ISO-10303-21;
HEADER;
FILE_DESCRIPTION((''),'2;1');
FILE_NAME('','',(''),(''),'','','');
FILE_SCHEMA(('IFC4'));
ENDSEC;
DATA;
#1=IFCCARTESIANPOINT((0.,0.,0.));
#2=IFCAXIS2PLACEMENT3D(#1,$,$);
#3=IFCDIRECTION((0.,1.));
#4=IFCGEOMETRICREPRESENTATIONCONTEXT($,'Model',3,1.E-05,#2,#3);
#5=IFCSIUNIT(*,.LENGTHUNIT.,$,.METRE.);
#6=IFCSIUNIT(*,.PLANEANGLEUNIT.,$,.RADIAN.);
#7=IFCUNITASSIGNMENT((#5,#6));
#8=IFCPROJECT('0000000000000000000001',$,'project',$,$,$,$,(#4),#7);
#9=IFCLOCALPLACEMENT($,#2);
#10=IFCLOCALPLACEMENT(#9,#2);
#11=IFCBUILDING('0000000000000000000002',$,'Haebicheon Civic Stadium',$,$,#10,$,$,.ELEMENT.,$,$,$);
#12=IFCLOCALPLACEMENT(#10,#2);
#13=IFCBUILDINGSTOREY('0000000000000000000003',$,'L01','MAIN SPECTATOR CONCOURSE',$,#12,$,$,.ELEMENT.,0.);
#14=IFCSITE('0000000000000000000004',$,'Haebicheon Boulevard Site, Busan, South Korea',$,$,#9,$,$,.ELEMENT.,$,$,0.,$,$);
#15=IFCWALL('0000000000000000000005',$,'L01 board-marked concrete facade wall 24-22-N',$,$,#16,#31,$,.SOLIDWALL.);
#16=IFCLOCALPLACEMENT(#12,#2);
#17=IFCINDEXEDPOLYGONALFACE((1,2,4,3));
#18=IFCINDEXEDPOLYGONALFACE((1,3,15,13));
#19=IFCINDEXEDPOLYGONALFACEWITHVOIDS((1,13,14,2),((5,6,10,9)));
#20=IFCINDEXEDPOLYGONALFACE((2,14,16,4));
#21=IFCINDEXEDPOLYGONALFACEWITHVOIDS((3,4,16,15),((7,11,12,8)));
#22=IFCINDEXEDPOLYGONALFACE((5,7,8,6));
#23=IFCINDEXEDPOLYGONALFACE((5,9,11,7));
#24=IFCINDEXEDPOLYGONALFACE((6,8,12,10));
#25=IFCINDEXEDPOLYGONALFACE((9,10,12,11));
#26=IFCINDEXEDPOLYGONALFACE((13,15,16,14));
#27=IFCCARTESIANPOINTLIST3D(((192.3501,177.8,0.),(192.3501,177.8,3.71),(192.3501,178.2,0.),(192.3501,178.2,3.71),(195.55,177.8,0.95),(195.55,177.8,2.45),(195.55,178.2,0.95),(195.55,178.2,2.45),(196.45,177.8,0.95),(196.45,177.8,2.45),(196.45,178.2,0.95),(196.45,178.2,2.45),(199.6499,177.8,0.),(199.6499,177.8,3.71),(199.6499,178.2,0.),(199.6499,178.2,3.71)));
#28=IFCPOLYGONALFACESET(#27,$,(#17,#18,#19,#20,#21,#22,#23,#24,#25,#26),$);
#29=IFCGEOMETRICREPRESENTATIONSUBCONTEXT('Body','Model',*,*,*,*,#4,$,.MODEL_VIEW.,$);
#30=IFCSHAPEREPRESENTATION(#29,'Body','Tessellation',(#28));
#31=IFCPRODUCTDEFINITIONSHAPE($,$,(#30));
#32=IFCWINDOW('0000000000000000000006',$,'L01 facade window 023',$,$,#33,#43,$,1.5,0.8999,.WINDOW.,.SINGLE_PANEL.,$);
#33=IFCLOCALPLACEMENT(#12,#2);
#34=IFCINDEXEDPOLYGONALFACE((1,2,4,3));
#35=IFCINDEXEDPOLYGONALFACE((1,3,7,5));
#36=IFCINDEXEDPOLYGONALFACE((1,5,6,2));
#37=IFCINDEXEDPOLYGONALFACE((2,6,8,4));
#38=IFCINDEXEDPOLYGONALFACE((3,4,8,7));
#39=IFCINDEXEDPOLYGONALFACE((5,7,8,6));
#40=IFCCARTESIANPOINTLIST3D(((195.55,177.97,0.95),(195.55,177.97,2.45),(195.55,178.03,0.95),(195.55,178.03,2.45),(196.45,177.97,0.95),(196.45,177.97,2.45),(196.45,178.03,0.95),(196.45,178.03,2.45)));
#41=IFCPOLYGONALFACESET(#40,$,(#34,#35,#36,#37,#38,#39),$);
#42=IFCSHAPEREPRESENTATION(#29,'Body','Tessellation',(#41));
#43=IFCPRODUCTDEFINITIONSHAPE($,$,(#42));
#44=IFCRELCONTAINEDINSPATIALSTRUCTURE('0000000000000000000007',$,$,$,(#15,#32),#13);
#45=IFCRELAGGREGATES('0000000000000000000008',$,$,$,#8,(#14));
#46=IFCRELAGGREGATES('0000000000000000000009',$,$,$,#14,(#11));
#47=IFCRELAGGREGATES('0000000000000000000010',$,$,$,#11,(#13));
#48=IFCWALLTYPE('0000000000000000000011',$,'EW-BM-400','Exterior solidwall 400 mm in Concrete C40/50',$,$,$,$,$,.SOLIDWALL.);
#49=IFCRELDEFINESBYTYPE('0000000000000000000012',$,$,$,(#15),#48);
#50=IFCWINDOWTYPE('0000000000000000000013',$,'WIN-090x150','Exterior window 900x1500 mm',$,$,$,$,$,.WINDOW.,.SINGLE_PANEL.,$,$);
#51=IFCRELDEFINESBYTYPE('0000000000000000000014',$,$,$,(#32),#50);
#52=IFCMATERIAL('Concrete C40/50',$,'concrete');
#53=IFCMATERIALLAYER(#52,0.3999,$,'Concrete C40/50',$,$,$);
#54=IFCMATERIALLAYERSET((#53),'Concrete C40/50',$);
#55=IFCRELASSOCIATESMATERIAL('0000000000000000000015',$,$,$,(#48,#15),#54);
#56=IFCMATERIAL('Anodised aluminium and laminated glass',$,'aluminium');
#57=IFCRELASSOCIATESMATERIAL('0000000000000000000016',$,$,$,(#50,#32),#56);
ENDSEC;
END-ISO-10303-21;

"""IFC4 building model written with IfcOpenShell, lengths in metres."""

from ifc_helpers import new_model, si_unit, direction, frame, frame_2d, origin, place, context, subcontext, project, spatial, rectangle, extrude, material, layer, layer_set, type_object, element, fill, save


model = new_model("IFC4")

# Units and contexts
model_context = context("Model", 3, precision=1e-05, world=origin(), true_north=direction((0.0, 1.0)))
body_context = subcontext(model_context, "Body", "Model", "MODEL_VIEW")
ifc_project = project(units=[si_unit("LENGTHUNIT", "METRE"), si_unit("PLANEANGLEUNIT", "RADIAN")], contexts=[model_context])

# Site, building, storey
site_placement = place(None, origin())
site = spatial("IfcSite", under=ifc_project, at=site_placement, Name="Haebicheon Boulevard Site, Busan, South Korea", CompositionType="ELEMENT", RefElevation=0.0)
building_placement = place(site_placement, origin())
building = spatial("IfcBuilding", under=site, at=building_placement, Name="Haebicheon Civic Stadium", CompositionType="ELEMENT")
storey_placement = place(building_placement, origin())
storey = spatial("IfcBuildingStorey", under=building, at=storey_placement, Name="L01", Description="MAIN SPECTATOR CONCOURSE", CompositionType="ELEMENT", Elevation=0.0)

# Shared definitions
ifc_material_1 = material(Name="Concrete C40/50", Category="concrete")
ifc_layer_1 = layer(ifc_material_1, 0.3999, Name="Concrete C40/50")
ifc_layer_set_1 = layer_set([ifc_layer_1], Name="Concrete C40/50")
wall_type = type_object("IfcWallType", Name="EW-BM-400", Description="Exterior solidwall 400 mm in Concrete C40/50", PredefinedType="SOLIDWALL", material=ifc_layer_set_1)

# Wall, opening, window
wall_1_placement = place(storey_placement, frame((192.3501, 178.0, 0.0), z_axis=(0.0, 0.0, 1.0), x_axis=(1.0, 0.0, 0.0)))
wall_1 = element("IfcWall", 1, at=wall_1_placement, inside=storey, type_object=wall_type, material=ifc_layer_set_1, Name="L01 board-marked concrete facade wall 24-22-N", PredefinedType="SOLIDWALL", context=body_context, shape_type="SweptSolid", body=[
    extrude(rectangle(XDim=7.2998, YDim=0.3999, at=frame_2d((3.6499, 0.0))), origin(), (0.0, 0.0, 1.0), 3.71),
])
opening_placement = place(wall_1_placement, frame((3.2, 0.0, 0.95)))
opening = element("IfcOpeningElement", 2, at=opening_placement, cuts=wall_1, PredefinedType="OPENING", context=body_context, shape_type="SweptSolid", body=[
    extrude(rectangle(XDim=0.8999, YDim=1.5, at=frame_2d((0.45, 0.75))), frame((0.0, 0.21, 0.0), z_axis=(0.0, -1.0, 0.0), x_axis=(1.0, 0.0, 0.0)), (0.0, 0.0, 1.0), 0.4199),
])
ifc_material_2 = material(Name="Anodised aluminium and laminated glass", Category="aluminium")
window_type = type_object("IfcWindowType", Name="WIN-090x150", Description="Exterior window 900x1500 mm", PartitioningType="SINGLE_PANEL", PredefinedType="WINDOW", material=ifc_material_2)
window_placement = place(opening_placement, origin())
window = element("IfcWindow", 3, at=window_placement, inside=storey, type_object=window_type, material=ifc_material_2, Name="L01 facade window 023", OverallHeight=1.5, OverallWidth=0.8999, PartitioningType="SINGLE_PANEL", PredefinedType="WINDOW", context=body_context, shape_type="SweptSolid", body=[
    extrude(rectangle(XDim=0.8999, YDim=1.5, at=frame_2d((0.45, 0.75))), frame((0.0, 0.03, 0.0), z_axis=(0.0, -1.0, 0.0), x_axis=(1.0, 0.0, 0.0)), (0.0, 0.0, 1.0), 0.0601),
])
fill(opening, window)

save(model, "model.ifc")
